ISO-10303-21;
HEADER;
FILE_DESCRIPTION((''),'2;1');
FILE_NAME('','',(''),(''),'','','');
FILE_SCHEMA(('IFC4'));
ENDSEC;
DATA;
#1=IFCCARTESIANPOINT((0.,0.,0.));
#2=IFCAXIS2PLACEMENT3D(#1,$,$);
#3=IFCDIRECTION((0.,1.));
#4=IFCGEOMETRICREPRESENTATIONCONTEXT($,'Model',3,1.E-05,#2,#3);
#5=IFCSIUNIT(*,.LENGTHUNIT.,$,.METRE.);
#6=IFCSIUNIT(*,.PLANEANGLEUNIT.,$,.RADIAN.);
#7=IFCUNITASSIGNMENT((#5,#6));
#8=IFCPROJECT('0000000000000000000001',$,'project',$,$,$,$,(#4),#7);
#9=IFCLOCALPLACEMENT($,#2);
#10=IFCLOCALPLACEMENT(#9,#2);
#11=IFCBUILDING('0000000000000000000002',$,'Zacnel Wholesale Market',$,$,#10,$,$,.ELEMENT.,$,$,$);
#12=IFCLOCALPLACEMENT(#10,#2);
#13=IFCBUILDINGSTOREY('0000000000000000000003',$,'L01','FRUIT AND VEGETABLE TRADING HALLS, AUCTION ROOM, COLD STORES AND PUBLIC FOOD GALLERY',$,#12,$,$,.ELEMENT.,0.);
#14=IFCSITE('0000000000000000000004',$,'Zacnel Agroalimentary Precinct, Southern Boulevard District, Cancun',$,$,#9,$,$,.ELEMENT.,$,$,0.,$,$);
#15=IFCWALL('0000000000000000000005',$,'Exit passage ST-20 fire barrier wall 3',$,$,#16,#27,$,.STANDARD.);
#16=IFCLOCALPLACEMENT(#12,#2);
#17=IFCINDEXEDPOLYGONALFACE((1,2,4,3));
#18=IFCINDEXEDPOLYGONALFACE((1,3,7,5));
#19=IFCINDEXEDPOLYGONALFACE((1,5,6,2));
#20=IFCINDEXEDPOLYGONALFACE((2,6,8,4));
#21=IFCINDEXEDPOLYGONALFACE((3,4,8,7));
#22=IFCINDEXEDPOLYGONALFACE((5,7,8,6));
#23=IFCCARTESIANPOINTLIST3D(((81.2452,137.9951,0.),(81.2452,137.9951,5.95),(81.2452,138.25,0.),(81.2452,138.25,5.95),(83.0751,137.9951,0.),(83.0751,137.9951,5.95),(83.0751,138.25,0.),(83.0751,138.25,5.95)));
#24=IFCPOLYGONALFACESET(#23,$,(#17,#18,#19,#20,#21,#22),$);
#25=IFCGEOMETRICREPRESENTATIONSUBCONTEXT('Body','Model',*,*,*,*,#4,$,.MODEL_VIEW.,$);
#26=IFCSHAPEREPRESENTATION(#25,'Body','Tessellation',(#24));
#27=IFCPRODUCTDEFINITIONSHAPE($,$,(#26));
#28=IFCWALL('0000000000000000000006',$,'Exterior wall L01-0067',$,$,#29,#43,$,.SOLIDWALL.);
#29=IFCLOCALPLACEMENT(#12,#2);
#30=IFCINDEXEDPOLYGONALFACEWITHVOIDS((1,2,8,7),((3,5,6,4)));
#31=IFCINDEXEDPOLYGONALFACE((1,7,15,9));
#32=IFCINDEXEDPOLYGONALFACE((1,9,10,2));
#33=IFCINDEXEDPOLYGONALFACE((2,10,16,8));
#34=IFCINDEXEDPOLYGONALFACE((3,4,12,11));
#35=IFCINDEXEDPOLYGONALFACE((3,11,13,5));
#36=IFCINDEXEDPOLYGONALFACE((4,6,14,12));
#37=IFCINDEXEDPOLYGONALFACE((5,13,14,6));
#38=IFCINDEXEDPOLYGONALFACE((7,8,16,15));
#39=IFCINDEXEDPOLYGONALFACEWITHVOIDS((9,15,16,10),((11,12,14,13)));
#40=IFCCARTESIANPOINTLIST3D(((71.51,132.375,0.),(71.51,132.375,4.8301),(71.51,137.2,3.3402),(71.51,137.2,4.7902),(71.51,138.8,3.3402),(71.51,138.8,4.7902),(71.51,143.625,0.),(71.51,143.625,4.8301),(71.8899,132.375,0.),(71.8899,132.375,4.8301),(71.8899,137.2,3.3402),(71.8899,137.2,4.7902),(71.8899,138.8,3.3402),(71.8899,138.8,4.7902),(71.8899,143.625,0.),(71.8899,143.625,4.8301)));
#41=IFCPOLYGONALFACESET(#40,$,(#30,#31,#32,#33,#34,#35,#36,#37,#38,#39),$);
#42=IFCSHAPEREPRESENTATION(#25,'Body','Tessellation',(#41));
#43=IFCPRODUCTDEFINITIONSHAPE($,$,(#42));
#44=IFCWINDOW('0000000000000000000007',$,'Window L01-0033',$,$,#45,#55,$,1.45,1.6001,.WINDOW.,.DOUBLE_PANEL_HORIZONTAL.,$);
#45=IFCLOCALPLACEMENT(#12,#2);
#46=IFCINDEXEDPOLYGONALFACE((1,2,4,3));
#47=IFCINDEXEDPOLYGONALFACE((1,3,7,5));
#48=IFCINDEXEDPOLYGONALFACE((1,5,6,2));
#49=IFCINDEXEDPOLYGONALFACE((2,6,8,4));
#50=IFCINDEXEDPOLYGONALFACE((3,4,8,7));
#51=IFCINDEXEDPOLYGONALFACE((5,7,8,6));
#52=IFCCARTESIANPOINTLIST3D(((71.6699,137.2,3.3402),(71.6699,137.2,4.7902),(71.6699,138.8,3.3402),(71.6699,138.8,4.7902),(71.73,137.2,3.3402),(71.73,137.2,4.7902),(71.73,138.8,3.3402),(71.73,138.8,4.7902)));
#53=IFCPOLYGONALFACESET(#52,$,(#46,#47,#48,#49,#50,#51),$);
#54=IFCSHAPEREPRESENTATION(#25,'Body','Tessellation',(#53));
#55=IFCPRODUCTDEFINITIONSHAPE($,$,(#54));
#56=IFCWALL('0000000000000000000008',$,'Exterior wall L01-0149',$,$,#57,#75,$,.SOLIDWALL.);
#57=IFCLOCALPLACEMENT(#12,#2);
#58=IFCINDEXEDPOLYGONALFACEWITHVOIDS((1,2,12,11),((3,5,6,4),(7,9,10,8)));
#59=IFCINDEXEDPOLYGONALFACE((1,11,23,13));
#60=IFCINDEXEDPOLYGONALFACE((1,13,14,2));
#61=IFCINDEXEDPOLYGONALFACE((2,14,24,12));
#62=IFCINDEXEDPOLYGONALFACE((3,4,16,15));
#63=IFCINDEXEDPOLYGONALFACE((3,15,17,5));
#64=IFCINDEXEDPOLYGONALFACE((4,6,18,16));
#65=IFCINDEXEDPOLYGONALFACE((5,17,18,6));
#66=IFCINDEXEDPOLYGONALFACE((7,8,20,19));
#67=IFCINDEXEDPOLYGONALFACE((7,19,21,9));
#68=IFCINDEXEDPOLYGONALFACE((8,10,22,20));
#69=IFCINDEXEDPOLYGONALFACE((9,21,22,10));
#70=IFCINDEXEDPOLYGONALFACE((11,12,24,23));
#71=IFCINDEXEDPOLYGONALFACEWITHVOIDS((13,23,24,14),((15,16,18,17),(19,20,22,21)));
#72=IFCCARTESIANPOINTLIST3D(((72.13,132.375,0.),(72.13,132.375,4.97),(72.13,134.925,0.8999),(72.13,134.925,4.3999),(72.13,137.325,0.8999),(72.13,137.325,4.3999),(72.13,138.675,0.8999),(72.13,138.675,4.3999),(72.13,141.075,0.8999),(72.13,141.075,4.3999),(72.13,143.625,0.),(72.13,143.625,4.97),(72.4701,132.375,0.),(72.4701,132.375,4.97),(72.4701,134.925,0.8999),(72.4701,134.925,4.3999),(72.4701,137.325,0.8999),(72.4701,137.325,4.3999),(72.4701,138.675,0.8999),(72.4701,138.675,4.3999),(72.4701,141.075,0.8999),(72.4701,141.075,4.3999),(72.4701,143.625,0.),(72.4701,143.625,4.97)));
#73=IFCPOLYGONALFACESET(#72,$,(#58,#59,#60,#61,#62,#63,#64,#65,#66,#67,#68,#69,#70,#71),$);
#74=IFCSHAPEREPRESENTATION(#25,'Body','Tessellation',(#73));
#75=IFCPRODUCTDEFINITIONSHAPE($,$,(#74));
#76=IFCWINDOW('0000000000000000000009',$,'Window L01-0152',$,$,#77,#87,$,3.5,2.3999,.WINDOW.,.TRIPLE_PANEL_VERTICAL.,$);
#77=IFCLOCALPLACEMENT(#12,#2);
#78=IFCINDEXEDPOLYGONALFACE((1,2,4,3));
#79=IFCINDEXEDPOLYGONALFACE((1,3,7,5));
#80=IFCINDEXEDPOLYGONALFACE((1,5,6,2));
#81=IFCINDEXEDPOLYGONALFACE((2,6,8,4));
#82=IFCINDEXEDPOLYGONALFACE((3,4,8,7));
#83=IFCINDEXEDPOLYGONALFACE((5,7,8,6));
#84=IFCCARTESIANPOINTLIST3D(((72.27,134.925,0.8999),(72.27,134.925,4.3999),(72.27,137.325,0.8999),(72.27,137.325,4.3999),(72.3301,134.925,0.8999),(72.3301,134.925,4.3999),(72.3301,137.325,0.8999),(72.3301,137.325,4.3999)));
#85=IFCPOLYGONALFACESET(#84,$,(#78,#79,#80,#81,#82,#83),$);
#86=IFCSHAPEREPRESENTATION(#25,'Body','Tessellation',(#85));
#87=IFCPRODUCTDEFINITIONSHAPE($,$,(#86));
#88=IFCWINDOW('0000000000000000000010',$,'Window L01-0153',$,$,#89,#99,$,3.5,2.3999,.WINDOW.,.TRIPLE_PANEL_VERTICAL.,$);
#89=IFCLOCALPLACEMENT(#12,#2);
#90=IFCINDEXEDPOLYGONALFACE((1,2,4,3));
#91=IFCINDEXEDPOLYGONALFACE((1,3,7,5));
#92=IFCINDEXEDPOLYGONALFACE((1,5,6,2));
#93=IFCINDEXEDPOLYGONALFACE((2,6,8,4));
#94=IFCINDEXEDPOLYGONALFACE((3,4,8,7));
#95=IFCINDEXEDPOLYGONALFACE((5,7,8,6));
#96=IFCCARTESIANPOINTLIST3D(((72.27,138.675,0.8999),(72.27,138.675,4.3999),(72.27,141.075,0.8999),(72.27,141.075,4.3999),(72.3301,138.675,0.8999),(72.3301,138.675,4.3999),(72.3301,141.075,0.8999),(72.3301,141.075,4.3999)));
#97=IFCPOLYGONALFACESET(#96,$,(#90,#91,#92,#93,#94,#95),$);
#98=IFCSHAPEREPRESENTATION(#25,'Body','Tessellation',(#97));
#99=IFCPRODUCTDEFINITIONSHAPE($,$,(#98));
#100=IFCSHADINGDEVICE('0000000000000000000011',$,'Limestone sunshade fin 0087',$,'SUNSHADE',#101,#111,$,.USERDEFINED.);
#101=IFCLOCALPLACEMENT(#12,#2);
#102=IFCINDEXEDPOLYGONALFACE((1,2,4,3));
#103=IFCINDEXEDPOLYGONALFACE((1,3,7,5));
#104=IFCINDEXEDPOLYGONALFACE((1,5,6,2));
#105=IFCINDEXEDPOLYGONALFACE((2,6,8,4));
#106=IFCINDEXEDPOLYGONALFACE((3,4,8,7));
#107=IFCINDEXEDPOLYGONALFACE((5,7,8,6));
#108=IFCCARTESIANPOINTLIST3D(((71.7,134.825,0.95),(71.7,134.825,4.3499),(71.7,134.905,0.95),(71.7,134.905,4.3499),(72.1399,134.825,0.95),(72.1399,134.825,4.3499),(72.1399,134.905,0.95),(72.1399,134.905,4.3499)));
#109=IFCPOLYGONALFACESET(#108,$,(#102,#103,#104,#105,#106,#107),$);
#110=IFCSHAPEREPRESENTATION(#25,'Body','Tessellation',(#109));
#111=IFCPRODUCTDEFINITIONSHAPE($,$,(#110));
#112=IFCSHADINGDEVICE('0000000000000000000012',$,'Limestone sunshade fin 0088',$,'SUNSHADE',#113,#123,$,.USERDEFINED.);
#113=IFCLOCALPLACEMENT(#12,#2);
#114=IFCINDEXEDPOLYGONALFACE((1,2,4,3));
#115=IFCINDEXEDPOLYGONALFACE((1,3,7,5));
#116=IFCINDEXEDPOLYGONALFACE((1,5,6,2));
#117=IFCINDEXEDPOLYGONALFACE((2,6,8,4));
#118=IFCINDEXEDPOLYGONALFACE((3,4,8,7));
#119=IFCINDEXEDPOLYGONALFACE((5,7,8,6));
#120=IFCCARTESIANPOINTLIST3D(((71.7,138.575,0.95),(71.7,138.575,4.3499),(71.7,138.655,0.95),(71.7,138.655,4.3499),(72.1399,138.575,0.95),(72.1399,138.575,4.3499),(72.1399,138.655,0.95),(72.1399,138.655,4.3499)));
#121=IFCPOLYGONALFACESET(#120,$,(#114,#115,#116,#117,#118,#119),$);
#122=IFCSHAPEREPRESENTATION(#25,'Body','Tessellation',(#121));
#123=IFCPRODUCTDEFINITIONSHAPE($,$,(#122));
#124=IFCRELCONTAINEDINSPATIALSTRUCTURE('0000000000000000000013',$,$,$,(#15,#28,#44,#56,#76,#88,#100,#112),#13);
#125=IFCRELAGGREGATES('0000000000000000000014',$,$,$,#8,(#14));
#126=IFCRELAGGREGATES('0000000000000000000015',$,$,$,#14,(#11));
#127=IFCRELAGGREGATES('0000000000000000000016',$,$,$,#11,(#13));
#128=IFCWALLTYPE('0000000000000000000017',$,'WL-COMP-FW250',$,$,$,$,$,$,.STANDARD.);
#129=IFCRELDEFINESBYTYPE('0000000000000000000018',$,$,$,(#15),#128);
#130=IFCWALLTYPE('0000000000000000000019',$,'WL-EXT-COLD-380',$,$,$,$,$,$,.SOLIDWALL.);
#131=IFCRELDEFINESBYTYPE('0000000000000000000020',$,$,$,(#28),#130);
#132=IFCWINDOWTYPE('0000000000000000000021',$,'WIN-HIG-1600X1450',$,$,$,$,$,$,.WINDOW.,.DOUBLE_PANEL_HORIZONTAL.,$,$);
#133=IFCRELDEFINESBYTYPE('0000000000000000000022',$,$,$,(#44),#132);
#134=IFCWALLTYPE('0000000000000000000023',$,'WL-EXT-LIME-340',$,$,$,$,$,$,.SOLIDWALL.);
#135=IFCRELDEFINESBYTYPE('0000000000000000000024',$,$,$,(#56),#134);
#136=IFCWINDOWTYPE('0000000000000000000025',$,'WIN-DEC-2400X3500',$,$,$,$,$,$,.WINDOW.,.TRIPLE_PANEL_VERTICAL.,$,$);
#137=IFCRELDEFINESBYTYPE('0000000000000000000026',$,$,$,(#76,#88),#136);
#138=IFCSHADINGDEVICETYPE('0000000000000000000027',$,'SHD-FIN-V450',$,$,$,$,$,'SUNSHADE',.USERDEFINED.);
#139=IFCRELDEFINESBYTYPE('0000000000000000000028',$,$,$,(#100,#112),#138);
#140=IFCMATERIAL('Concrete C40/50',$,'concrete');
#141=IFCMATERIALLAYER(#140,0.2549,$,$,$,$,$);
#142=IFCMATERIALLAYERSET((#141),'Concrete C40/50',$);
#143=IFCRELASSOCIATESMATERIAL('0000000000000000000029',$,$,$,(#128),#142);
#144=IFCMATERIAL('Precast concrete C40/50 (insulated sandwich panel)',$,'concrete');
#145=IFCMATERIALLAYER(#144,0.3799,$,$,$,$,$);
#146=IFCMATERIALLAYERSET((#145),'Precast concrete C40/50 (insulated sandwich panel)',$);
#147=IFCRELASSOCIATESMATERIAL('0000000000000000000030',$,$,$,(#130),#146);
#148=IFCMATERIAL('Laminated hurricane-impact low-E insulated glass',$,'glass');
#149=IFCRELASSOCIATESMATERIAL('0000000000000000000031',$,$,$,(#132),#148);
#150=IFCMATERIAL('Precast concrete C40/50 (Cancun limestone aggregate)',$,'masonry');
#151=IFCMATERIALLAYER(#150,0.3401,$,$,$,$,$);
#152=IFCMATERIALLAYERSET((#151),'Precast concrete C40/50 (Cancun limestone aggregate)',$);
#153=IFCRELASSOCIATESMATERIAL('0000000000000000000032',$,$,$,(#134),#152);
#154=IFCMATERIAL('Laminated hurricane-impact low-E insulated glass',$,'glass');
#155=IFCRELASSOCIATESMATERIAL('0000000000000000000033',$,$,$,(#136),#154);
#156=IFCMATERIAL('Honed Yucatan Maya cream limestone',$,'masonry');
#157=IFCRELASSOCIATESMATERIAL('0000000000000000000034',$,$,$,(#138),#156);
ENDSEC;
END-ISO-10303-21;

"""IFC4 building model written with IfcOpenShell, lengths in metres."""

from ifc_helpers import new_model, si_unit, direction, frame, frame_2d, origin, origin_2d, place, context, subcontext, project, spatial, rectangle, extrude, material, layer, layer_set, type_object, element, fill, save


model = new_model("IFC4")

# Units and contexts
model_context = context("Model", 3, precision=1e-05, world=origin(), true_north=direction((0.0, 1.0)))
body_context = subcontext(model_context, "Body", "Model", "MODEL_VIEW")
ifc_project = project(units=[si_unit("LENGTHUNIT", "METRE"), si_unit("PLANEANGLEUNIT", "RADIAN")], contexts=[model_context])

# Site, building, storey
site_placement = place(None, origin())
site = spatial("IfcSite", under=ifc_project, at=site_placement, Name="Zacnel Agroalimentary Precinct, Southern Boulevard District, Cancun", CompositionType="ELEMENT", RefElevation=0.0)
building_placement = place(site_placement, origin())
building = spatial("IfcBuilding", under=site, at=building_placement, Name="Zacnel Wholesale Market", CompositionType="ELEMENT")
storey_placement = place(building_placement, origin())
storey = spatial("IfcBuildingStorey", under=building, at=storey_placement, Name="L01", Description="FRUIT AND VEGETABLE TRADING HALLS, AUCTION ROOM, COLD STORES AND PUBLIC FOOD GALLERY", CompositionType="ELEMENT", Elevation=0.0)

# Wall
ifc_material_1 = material(Name="Concrete C40/50", Category="concrete")
ifc_layer_1 = layer(ifc_material_1, 0.2549)
ifc_layer_set_1 = layer_set([ifc_layer_1], Name="Concrete C40/50")
wall_type_1 = type_object("IfcWallType", Name="WL-COMP-FW250", PredefinedType="STANDARD", material=ifc_layer_set_1)
wall_1_placement = place(storey_placement, frame((81.2451, 138.1226, 0.0), z_axis=(0.0, 0.0, 1.0), x_axis=(1.0, 0.0, 0.0)))
element("IfcWall", 1, at=wall_1_placement, inside=storey, type_object=wall_type_1, Name="Exit passage ST-20 fire barrier wall 3", PredefinedType="STANDARD", context=body_context, shape_type="SweptSolid", body=[
    extrude(rectangle(XDim=1.8298, YDim=0.2549, at=frame_2d((0.915, 0.0))), origin(), (0.0, 0.0, 1.0), 5.95),
])

# Wall, opening, window
ifc_material_2 = material(Name="Precast concrete C40/50 (insulated sandwich panel)", Category="concrete")
ifc_layer_2 = layer(ifc_material_2, 0.3799)
ifc_layer_set_2 = layer_set([ifc_layer_2], Name="Precast concrete C40/50 (insulated sandwich panel)")
wall_type_2 = type_object("IfcWallType", Name="WL-EXT-COLD-380", PredefinedType="SOLIDWALL", material=ifc_layer_set_2)
wall_2_placement = place(storey_placement, frame((71.7, 132.375, 0.0), z_axis=(0.0, 0.0, 1.0), x_axis=(0.0, 1.0, 0.0)))
wall_2 = element("IfcWall", 2, at=wall_2_placement, inside=storey, type_object=wall_type_2, Name="Exterior wall L01-0067", PredefinedType="SOLIDWALL", context=body_context, shape_type="SweptSolid", body=[
    extrude(rectangle(XDim=11.25, YDim=0.3799, at=frame_2d((5.625, 0.0))), origin(), (0.0, 0.0, 1.0), 4.8301),
])
opening_1_placement = place(wall_2_placement, frame((4.825, 0.0, 3.3401)))
opening_1 = element("IfcOpeningElement", 3, at=opening_1_placement, cuts=wall_2, PredefinedType="OPENING", context=body_context, shape_type="SweptSolid", body=[
    extrude(rectangle(XDim=1.6001, YDim=1.45, at=frame_2d((0.8, 0.7251))), frame((0.0, 0.2, 0.0), z_axis=(0.0, -1.0, 0.0), x_axis=(1.0, 0.0, 0.0)), (0.0, 0.0, 1.0), 0.3999),
])
ifc_material_3 = material(Name="Laminated hurricane-impact low-E insulated glass", Category="glass")
window_type_1 = type_object("IfcWindowType", Name="WIN-HIG-1600X1450", PartitioningType="DOUBLE_PANEL_HORIZONTAL", PredefinedType="WINDOW", material=ifc_material_3)
window_1_placement = place(opening_1_placement, origin())
window_1 = element("IfcWindow", 4, at=window_1_placement, inside=storey, type_object=window_type_1, Name="Window L01-0033", OverallHeight=1.45, OverallWidth=1.6001, PartitioningType="DOUBLE_PANEL_HORIZONTAL", PredefinedType="WINDOW", context=body_context, shape_type="SweptSolid", body=[
    extrude(rectangle(XDim=1.6001, YDim=1.45, at=frame_2d((0.8, 0.7251))), frame((0.0, 0.03, 0.0), z_axis=(0.0, -1.0, 0.0), x_axis=(1.0, 0.0, 0.0)), (0.0, 0.0, 1.0), 0.0601),
])
fill(opening_1, window_1)

# Wall, openings, windows
ifc_material_4 = material(Name="Precast concrete C40/50 (Cancun limestone aggregate)", Category="masonry")
ifc_layer_3 = layer(ifc_material_4, 0.3401)
ifc_layer_set_3 = layer_set([ifc_layer_3], Name="Precast concrete C40/50 (Cancun limestone aggregate)")
wall_type_3 = type_object("IfcWallType", Name="WL-EXT-LIME-340", PredefinedType="SOLIDWALL", material=ifc_layer_set_3)
wall_3_placement = place(storey_placement, frame((72.3, 132.375, 0.0), z_axis=(0.0, 0.0, 1.0), x_axis=(0.0, 1.0, 0.0)))
wall_3 = element("IfcWall", 5, at=wall_3_placement, inside=storey, type_object=wall_type_3, Name="Exterior wall L01-0149", PredefinedType="SOLIDWALL", context=body_context, shape_type="SweptSolid", body=[
    extrude(rectangle(XDim=11.25, YDim=0.3401, at=frame_2d((5.625, 0.0))), origin(), (0.0, 0.0, 1.0), 4.97),
])
opening_2_placement = place(wall_3_placement, frame((2.55, 0.0, 0.8999)))
opening_2 = element("IfcOpeningElement", 6, at=opening_2_placement, cuts=wall_3, PredefinedType="OPENING", context=body_context, shape_type="SweptSolid", body=[
    extrude(rectangle(XDim=2.3999, YDim=3.5, at=frame_2d((1.2, 1.75))), frame((0.0, 0.1799, 0.0), z_axis=(0.0, -1.0, 0.0), x_axis=(1.0, 0.0, 0.0)), (0.0, 0.0, 1.0), 0.3601),
])
opening_3_placement = place(wall_3_placement, frame((6.3, 0.0, 0.8999)))
opening_3 = element("IfcOpeningElement", 7, at=opening_3_placement, cuts=wall_3, PredefinedType="OPENING", context=body_context, shape_type="SweptSolid", body=[
    extrude(rectangle(XDim=2.3999, YDim=3.5, at=frame_2d((1.2, 1.75))), frame((0.0, 0.1799, 0.0), z_axis=(0.0, -1.0, 0.0), x_axis=(1.0, 0.0, 0.0)), (0.0, 0.0, 1.0), 0.3601),
])
ifc_material_5 = material(Name="Laminated hurricane-impact low-E insulated glass", Category="glass")
window_type_2 = type_object("IfcWindowType", Name="WIN-DEC-2400X3500", PartitioningType="TRIPLE_PANEL_VERTICAL", PredefinedType="WINDOW", material=ifc_material_5)
window_2_placement = place(opening_2_placement, origin())
window_2 = element("IfcWindow", 8, at=window_2_placement, inside=storey, type_object=window_type_2, Name="Window L01-0152", OverallHeight=3.5, OverallWidth=2.3999, PartitioningType="TRIPLE_PANEL_VERTICAL", PredefinedType="WINDOW", context=body_context, shape_type="SweptSolid", body=[
    extrude(rectangle(XDim=2.3999, YDim=3.5, at=frame_2d((1.2, 1.75))), frame((0.0, 0.03, 0.0), z_axis=(0.0, -1.0, 0.0), x_axis=(1.0, 0.0, 0.0)), (0.0, 0.0, 1.0), 0.0601),
])
fill(opening_2, window_2)
window_3_placement = place(opening_3_placement, origin())
window_3 = element("IfcWindow", 9, at=window_3_placement, inside=storey, type_object=window_type_2, Name="Window L01-0153", OverallHeight=3.5, OverallWidth=2.3999, PartitioningType="TRIPLE_PANEL_VERTICAL", PredefinedType="WINDOW", context=body_context, shape_type="SweptSolid", body=[
    extrude(rectangle(XDim=2.3999, YDim=3.5, at=frame_2d((1.2, 1.75))), frame((0.0, 0.03, 0.0), z_axis=(0.0, -1.0, 0.0), x_axis=(1.0, 0.0, 0.0)), (0.0, 0.0, 1.0), 0.0601),
])
fill(opening_3, window_3)

# Shading devices
ifc_material_6 = material(Name="Honed Yucatan Maya cream limestone", Category="masonry")
shading_device_type = type_object("IfcShadingDeviceType", Name="SHD-FIN-V450", ElementType="SUNSHADE", PredefinedType="USERDEFINED", material=ifc_material_6)
for number, where, z_axis, x_axis, name in (
    (10, (71.9199, 134.865, 0.95), (0.0, 0.0, 1.0), (0.0, 1.0, 0.0), "Limestone sunshade fin 0087"),
    (11, (71.9199, 138.615, 0.95), (0.0, 0.0, 1.0), (0.0, 1.0, 0.0), "Limestone sunshade fin 0088"),
):
    element("IfcShadingDevice", number, at=place(storey_placement, frame(where, z_axis=z_axis, x_axis=x_axis)), inside=storey, type_object=shading_device_type, Name=name, ObjectType="SUNSHADE", PredefinedType="USERDEFINED", context=body_context, shape_type="SweptSolid", body=[
        extrude(rectangle(XDim=0.0801, YDim=0.4399, at=origin_2d()), origin(), (0.0, 0.0, 1.0), 3.3999),
    ])

save(model, "model.ifc")
